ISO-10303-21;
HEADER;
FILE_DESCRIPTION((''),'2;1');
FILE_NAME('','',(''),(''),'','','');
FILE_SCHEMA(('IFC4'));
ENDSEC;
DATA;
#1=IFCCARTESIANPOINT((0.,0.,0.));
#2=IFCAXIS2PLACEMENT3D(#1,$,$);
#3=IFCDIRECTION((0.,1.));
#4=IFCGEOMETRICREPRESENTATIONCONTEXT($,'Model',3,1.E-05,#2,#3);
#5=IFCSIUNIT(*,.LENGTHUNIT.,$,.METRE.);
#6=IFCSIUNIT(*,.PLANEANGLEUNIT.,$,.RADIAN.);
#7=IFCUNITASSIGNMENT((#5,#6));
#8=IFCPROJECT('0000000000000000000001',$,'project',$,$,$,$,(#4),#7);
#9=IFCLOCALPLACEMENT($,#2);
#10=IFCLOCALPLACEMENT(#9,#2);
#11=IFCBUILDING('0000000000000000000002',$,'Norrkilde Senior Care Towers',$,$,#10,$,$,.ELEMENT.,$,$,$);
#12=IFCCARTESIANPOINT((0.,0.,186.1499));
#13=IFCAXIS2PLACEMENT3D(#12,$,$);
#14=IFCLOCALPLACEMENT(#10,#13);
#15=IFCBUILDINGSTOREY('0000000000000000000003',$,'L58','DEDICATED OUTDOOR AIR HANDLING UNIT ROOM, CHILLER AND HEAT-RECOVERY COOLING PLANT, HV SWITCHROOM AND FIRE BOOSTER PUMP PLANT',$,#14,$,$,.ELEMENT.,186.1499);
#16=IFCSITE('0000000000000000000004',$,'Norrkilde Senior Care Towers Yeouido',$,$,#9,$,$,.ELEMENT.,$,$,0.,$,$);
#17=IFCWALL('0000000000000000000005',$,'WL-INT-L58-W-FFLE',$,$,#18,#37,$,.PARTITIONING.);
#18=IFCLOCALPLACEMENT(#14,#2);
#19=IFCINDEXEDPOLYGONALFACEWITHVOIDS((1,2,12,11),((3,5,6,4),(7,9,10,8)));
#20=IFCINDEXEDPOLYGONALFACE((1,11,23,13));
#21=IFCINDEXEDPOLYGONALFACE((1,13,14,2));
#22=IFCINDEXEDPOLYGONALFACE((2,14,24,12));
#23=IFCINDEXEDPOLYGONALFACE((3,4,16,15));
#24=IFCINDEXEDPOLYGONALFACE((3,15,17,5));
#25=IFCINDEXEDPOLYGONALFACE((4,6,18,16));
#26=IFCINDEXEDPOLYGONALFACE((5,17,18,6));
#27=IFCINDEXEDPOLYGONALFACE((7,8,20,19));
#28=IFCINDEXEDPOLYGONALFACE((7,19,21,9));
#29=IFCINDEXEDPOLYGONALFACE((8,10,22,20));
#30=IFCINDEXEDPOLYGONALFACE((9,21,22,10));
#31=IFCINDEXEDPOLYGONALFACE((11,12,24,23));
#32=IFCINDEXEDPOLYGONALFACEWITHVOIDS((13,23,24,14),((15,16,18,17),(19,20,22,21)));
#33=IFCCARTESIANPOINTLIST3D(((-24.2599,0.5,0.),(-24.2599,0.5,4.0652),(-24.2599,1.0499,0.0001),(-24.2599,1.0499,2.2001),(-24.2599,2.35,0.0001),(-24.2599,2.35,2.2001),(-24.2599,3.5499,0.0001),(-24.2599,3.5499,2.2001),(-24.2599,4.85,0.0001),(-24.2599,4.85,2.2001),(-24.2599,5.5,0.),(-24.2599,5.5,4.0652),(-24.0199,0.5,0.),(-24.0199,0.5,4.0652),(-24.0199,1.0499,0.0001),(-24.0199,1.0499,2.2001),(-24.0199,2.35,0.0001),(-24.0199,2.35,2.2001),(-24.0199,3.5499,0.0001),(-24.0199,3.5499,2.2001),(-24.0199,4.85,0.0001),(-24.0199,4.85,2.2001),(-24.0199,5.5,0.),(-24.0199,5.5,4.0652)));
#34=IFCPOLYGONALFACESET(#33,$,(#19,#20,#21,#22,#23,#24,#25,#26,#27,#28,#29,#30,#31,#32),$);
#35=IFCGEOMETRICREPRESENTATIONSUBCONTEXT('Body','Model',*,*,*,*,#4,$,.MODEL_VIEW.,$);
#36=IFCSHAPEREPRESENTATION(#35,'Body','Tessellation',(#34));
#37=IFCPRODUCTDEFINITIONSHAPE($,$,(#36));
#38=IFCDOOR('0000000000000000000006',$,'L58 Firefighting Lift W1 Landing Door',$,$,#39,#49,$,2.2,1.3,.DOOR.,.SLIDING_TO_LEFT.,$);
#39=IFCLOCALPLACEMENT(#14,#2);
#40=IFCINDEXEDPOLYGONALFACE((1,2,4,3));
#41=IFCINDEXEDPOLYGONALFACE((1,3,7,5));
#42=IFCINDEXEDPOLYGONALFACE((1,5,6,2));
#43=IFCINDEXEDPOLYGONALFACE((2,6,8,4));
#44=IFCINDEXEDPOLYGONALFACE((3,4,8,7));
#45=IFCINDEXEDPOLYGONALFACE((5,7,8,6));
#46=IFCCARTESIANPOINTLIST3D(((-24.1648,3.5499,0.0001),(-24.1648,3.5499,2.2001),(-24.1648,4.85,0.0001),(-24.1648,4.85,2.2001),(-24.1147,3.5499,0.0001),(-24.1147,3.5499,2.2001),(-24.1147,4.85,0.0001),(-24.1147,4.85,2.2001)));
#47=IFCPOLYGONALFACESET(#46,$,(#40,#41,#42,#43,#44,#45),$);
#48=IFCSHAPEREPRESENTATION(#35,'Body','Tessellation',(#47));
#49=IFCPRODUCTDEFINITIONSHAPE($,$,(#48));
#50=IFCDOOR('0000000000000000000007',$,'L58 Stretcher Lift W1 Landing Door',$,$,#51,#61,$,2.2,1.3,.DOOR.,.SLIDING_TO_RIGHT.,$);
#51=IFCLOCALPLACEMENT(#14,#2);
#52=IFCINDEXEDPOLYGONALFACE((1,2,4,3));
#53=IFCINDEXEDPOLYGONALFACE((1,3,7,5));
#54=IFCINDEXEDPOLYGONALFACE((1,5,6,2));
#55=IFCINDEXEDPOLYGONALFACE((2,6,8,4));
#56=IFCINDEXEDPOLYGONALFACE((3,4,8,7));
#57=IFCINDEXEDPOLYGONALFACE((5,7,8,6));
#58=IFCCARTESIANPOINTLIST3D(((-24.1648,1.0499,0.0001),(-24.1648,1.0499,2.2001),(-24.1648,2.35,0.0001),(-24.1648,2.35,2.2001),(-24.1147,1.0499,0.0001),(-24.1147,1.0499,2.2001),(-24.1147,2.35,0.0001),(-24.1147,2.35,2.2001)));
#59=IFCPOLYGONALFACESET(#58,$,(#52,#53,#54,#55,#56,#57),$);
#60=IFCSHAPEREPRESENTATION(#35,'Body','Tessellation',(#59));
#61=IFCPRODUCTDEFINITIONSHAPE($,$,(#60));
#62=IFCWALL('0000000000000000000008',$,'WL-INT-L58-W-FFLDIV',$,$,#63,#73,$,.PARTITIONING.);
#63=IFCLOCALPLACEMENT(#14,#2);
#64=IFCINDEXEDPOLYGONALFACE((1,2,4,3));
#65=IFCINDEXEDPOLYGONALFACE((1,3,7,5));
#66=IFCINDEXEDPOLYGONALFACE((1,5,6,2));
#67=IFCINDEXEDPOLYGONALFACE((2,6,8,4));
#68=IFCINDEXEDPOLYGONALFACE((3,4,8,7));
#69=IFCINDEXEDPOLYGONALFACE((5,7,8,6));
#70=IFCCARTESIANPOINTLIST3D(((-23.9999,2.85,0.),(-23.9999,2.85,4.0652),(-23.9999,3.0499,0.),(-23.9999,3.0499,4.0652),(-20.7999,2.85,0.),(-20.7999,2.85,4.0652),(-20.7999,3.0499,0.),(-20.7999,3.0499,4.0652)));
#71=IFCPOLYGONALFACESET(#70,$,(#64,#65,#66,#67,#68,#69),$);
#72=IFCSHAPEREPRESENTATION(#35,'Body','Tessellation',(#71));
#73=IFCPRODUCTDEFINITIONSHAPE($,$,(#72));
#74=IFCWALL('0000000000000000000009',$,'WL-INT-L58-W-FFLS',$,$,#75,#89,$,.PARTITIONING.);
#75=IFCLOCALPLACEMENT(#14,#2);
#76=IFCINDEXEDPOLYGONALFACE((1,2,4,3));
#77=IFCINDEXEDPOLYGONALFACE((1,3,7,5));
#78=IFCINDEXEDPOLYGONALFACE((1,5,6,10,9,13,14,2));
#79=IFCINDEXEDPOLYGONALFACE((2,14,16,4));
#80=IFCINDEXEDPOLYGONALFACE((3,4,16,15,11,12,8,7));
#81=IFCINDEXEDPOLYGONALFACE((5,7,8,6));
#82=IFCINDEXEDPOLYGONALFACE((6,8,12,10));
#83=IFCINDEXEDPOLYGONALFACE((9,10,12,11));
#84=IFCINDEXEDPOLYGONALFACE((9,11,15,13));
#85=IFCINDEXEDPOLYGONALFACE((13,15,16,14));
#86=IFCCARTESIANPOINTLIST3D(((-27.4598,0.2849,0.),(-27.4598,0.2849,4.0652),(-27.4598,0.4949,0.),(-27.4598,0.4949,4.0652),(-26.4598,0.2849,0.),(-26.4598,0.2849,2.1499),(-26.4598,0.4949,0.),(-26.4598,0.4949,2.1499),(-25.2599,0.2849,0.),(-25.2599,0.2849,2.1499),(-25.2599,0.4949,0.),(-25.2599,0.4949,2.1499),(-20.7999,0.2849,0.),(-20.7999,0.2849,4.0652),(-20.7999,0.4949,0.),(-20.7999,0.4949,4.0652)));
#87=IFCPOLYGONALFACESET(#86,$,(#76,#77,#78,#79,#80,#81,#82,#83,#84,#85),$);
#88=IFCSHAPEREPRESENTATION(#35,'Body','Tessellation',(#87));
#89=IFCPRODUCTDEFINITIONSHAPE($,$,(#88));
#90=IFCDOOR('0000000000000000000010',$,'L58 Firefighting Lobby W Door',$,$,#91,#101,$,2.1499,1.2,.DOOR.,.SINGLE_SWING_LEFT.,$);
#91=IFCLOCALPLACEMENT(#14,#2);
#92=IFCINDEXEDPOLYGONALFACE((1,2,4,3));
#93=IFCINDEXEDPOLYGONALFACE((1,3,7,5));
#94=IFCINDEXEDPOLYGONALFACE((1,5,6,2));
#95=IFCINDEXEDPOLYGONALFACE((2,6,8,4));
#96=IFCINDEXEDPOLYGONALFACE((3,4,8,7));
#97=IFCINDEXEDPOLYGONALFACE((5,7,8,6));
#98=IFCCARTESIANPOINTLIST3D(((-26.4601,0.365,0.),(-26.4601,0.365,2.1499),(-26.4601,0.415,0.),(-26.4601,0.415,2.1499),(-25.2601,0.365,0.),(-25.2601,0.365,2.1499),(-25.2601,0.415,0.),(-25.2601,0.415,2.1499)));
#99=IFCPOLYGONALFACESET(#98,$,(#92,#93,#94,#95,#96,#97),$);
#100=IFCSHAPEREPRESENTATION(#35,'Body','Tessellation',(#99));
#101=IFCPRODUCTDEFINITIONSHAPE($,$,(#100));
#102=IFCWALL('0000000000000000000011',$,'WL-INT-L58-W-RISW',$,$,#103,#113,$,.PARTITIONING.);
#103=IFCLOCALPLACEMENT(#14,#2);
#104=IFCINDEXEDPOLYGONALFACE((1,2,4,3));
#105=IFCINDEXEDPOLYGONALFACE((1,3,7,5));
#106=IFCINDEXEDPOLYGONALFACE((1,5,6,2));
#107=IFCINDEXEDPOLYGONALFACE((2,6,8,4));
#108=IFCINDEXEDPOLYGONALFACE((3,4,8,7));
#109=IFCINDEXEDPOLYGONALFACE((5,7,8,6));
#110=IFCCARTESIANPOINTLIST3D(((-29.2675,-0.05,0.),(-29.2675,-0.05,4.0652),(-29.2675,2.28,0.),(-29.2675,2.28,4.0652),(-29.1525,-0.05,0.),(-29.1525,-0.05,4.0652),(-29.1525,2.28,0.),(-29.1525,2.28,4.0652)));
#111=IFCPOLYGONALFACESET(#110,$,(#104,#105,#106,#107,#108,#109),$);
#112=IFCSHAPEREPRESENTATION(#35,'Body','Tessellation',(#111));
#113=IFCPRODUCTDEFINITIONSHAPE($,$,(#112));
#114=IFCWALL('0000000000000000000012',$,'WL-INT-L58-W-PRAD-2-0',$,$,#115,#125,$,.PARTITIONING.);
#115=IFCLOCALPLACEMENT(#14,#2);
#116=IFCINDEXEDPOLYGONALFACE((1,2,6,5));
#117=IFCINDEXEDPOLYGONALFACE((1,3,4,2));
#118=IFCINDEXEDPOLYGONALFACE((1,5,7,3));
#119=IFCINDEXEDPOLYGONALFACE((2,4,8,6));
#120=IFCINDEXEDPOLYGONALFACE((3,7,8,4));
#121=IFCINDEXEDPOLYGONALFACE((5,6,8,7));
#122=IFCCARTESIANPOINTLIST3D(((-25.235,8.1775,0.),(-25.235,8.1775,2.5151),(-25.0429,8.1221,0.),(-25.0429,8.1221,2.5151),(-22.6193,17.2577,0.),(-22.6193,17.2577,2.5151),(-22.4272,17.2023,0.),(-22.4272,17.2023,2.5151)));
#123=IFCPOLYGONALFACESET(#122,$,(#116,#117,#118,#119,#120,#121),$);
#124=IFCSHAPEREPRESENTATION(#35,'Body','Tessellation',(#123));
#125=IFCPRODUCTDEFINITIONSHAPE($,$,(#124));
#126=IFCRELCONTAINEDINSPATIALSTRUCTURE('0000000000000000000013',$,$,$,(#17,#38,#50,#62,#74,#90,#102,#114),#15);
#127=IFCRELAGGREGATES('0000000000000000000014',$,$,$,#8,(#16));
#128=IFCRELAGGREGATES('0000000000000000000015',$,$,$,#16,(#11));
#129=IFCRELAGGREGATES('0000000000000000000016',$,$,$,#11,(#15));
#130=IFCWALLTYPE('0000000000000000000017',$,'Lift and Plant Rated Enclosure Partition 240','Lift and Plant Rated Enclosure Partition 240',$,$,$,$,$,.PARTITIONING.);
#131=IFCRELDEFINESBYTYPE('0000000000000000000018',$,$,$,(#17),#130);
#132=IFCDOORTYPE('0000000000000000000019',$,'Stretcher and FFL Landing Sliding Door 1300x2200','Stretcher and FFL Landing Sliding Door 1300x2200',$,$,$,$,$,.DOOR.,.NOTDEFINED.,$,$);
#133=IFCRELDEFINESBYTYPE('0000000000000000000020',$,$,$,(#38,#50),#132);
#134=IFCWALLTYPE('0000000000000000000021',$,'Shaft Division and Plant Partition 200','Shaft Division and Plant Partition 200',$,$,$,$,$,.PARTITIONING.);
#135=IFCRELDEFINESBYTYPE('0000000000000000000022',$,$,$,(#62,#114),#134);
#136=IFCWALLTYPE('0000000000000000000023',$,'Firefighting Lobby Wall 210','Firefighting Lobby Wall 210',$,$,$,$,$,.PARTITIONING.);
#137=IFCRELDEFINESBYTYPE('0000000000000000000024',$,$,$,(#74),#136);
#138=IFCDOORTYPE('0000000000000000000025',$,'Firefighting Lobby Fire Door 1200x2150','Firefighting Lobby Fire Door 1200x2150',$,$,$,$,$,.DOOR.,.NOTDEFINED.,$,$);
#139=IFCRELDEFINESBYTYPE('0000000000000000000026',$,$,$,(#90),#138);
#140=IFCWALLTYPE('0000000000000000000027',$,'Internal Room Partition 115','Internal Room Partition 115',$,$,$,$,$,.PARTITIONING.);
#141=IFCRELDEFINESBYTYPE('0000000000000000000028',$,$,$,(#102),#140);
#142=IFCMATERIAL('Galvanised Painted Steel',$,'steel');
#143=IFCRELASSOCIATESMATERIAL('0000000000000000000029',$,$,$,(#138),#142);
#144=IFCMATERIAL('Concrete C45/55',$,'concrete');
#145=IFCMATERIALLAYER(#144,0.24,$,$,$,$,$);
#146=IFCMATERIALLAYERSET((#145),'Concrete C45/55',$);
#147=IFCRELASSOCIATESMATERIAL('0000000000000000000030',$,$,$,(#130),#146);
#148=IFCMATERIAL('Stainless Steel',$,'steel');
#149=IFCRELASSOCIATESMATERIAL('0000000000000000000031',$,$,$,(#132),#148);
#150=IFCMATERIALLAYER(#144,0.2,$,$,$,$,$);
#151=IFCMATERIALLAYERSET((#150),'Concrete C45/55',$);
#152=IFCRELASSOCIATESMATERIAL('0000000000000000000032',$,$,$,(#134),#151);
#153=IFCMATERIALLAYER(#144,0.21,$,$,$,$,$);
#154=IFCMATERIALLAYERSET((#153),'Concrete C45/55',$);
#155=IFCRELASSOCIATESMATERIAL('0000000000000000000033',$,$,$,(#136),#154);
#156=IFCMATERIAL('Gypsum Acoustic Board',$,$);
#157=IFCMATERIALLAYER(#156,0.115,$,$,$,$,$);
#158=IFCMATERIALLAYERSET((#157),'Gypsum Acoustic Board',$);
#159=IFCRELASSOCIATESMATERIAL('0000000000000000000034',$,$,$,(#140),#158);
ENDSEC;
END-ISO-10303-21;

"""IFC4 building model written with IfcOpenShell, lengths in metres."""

from ifc_helpers import new_model, si_unit, direction, frame, frame_2d, origin, place, context, subcontext, project, spatial, rectangle, extrude, source, transform, mapped, material, layer, layer_set, type_object, type_shapes, element, fill, save


model = new_model("IFC4")

# Units and contexts
model_context = context("Model", 3, precision=1e-05, world=origin(), true_north=direction((0.0, 1.0)))
body_context = subcontext(model_context, "Body", "Model", "MODEL_VIEW")
ifc_project = project(units=[si_unit("LENGTHUNIT", "METRE"), si_unit("PLANEANGLEUNIT", "RADIAN")], contexts=[model_context])

# Site, building, storey
site_placement = place(None, origin())
site = spatial("IfcSite", under=ifc_project, at=site_placement, Name="Norrkilde Senior Care Towers Yeouido", CompositionType="ELEMENT", RefElevation=0.0)
building_placement = place(site_placement, origin())
building = spatial("IfcBuilding", under=site, at=building_placement, Name="Norrkilde Senior Care Towers", CompositionType="ELEMENT")
storey_placement = place(building_placement, frame((0.0, 0.0, 186.1499)))
storey = spatial("IfcBuildingStorey", under=building, at=storey_placement, Name="L58", Description="DEDICATED OUTDOOR AIR HANDLING UNIT ROOM, CHILLER AND HEAT-RECOVERY COOLING PLANT, HV SWITCHROOM AND FIRE BOOSTER PUMP PLANT", CompositionType="ELEMENT", Elevation=186.1499)

# Shared definitions
ifc_material_1 = material(Name="Galvanised Painted Steel", Category="steel")
door_type_1 = type_object("IfcDoorType", Name="Firefighting Lobby Fire Door 1200x2150", Description="Firefighting Lobby Fire Door 1200x2150", OperationType="NOTDEFINED", PredefinedType="DOOR", material=ifc_material_1)
shared_shape_1 = source(origin(), body_context, "Body", "SweptSolid", [
    extrude(rectangle(XDim=1.2, YDim=2.1499, at=frame_2d((0.6001, 1.075))), frame((0.0, 0.0249, 0.0), z_axis=(0.0, -1.0, 0.0), x_axis=(1.0, 0.0, 0.0)), (0.0, 0.0, 1.0), 0.05),
])
type_shapes(door_type_1, [shared_shape_1])

# Shared definitions
ifc_material_2 = material(Name="Concrete C45/55", Category="concrete")

# Wall, openings, doors
ifc_layer_1 = layer(ifc_material_2, 0.24)
ifc_layer_set_1 = layer_set([ifc_layer_1], Name="Concrete C45/55")
wall_type_1 = type_object("IfcWallType", Name="Lift and Plant Rated Enclosure Partition 240", Description="Lift and Plant Rated Enclosure Partition 240", PredefinedType="PARTITIONING", material=ifc_layer_set_1)
shared_shape_2 = source(origin(), body_context, "Body", "SweptSolid", [
    extrude(rectangle(XDim=5.0, YDim=0.24, at=frame_2d((2.5, 0.0))), origin(), (0.0, 0.0, 1.0), 4.0652),
])
type_shapes(wall_type_1, [shared_shape_2])
wall_1_placement = place(storey_placement, frame((-24.1399, 0.5, 0.0), z_axis=(0.0, 0.0, 1.0), x_axis=(0.0, 1.0, 0.0)))
wall_1 = element("IfcWall", 1, at=wall_1_placement, inside=storey, type_object=wall_type_1, Name="WL-INT-L58-W-FFLE", PredefinedType="PARTITIONING", context=body_context, shape_type="MappedRepresentation", body=[
    mapped(shared_shape_2, transform((0.0, 0.0, 0.0), x_axis=(1.0, 0.0, 0.0), y_axis=(0.0, 1.0, 0.0), z_axis=(0.0, 0.0, 1.0), scale=1.0)),
])
opening_1_placement = place(wall_1_placement, frame((3.05, 0.0, 0.0)))
opening_1 = element("IfcOpeningElement", 2, at=opening_1_placement, cuts=wall_1, PredefinedType="OPENING", context=body_context, shape_type="SweptSolid", body=[
    extrude(rectangle(XDim=1.3, YDim=2.2, at=frame_2d((0.6499, 1.1001))), frame((0.0, 0.1299, 0.0), z_axis=(0.0, -1.0, 0.0), x_axis=(1.0, 0.0, 0.0)), (0.0, 0.0, 1.0), 0.26),
])
opening_2_placement = place(wall_1_placement, frame((0.55, 0.0, 0.0)))
opening_2 = element("IfcOpeningElement", 3, at=opening_2_placement, cuts=wall_1, PredefinedType="OPENING", context=body_context, shape_type="SweptSolid", body=[
    extrude(rectangle(XDim=1.3, YDim=2.2, at=frame_2d((0.6499, 1.1001))), frame((0.0, 0.1299, 0.0), z_axis=(0.0, -1.0, 0.0), x_axis=(1.0, 0.0, 0.0)), (0.0, 0.0, 1.0), 0.26),
])
ifc_material_3 = material(Name="Stainless Steel", Category="steel")
door_type_2 = type_object("IfcDoorType", Name="Stretcher and FFL Landing Sliding Door 1300x2200", Description="Stretcher and FFL Landing Sliding Door 1300x2200", OperationType="NOTDEFINED", PredefinedType="DOOR", material=ifc_material_3)
shared_shape_3 = source(origin(), body_context, "Body", "SweptSolid", [
    extrude(rectangle(XDim=1.3, YDim=2.2, at=frame_2d((0.6499, 1.1001))), frame((0.0, 0.0249, 0.0), z_axis=(0.0, -1.0, 0.0), x_axis=(1.0, 0.0, 0.0)), (0.0, 0.0, 1.0), 0.05),
])
type_shapes(door_type_2, [shared_shape_3])
door_1_placement = place(opening_1_placement, origin())
door_1 = element("IfcDoor", 4, at=door_1_placement, inside=storey, type_object=door_type_2, Name="L58 Firefighting Lift W1 Landing Door", OperationType="SLIDING_TO_LEFT", OverallHeight=2.2, OverallWidth=1.3, PredefinedType="DOOR", context=body_context, shape_type="MappedRepresentation", body=[
    mapped(shared_shape_3, transform((0.0, 0.0, 0.0), x_axis=(1.0, 0.0, 0.0), y_axis=(0.0, 1.0, 0.0), z_axis=(0.0, 0.0, 1.0), scale=1.0)),
])
fill(opening_1, door_1)
door_2_placement = place(opening_2_placement, origin())
door_2 = element("IfcDoor", 5, at=door_2_placement, inside=storey, type_object=door_type_2, Name="L58 Stretcher Lift W1 Landing Door", OperationType="SLIDING_TO_RIGHT", OverallHeight=2.2, OverallWidth=1.3, PredefinedType="DOOR", context=body_context, shape_type="MappedRepresentation", body=[
    mapped(shared_shape_3, transform((0.0, 0.0, 0.0), x_axis=(1.0, 0.0, 0.0), y_axis=(0.0, 1.0, 0.0), z_axis=(0.0, 0.0, 1.0), scale=1.0)),
])
fill(opening_2, door_2)

# Wall
ifc_layer_2 = layer(ifc_material_2, 0.2)
ifc_layer_set_2 = layer_set([ifc_layer_2], Name="Concrete C45/55")
wall_type_2 = type_object("IfcWallType", Name="Shaft Division and Plant Partition 200", Description="Shaft Division and Plant Partition 200", PredefinedType="PARTITIONING", material=ifc_layer_set_2)
shared_shape_4 = source(origin(), body_context, "Body", "SweptSolid", [
    extrude(rectangle(XDim=3.2, YDim=0.2, at=frame_2d((1.6001, 0.0))), origin(), (0.0, 0.0, 1.0), 4.0652),
])
wall_2_placement = place(storey_placement, frame((-24.0, 2.95, 0.0), z_axis=(0.0, 0.0, 1.0), x_axis=(1.0, 0.0, 0.0)))
element("IfcWall", 6, at=wall_2_placement, inside=storey, type_object=wall_type_2, Name="WL-INT-L58-W-FFLDIV", PredefinedType="PARTITIONING", context=body_context, shape_type="MappedRepresentation", body=[
    mapped(shared_shape_4, transform((0.0, 0.0, 0.0), x_axis=(1.0, 0.0, 0.0), y_axis=(0.0, 1.0, 0.0), z_axis=(0.0, 0.0, 1.0), scale=1.0)),
])

# Wall, opening, door
ifc_layer_3 = layer(ifc_material_2, 0.21)
ifc_layer_set_3 = layer_set([ifc_layer_3], Name="Concrete C45/55")
wall_type_3 = type_object("IfcWallType", Name="Firefighting Lobby Wall 210", Description="Firefighting Lobby Wall 210", PredefinedType="PARTITIONING", material=ifc_layer_set_3)
shared_shape_5 = source(origin(), body_context, "Body", "SweptSolid", [
    extrude(rectangle(XDim=6.6599, YDim=0.21, at=frame_2d((3.3301, 0.0))), origin(), (0.0, 0.0, 1.0), 4.0652),
])
type_shapes(wall_type_3, [shared_shape_5])
wall_3_placement = place(storey_placement, frame((-27.46, 0.3899, 0.0), z_axis=(0.0, 0.0, 1.0), x_axis=(1.0, 0.0, 0.0)))
wall_3 = element("IfcWall", 7, at=wall_3_placement, inside=storey, type_object=wall_type_3, Name="WL-INT-L58-W-FFLS", PredefinedType="PARTITIONING", context=body_context, shape_type="MappedRepresentation", body=[
    mapped(shared_shape_5, transform((0.0, 0.0, 0.0), x_axis=(1.0, 0.0, 0.0), y_axis=(0.0, 1.0, 0.0), z_axis=(0.0, 0.0, 1.0), scale=1.0)),
])
opening_3_placement = place(wall_3_placement, frame((1.0, 0.0, 0.0)))
opening_3 = element("IfcOpeningElement", 8, at=opening_3_placement, cuts=wall_3, PredefinedType="OPENING", context=body_context, shape_type="SweptSolid", body=[
    extrude(rectangle(XDim=1.2, YDim=2.1499, at=frame_2d((0.6001, 1.075))), frame((0.0, 0.115, 0.0), z_axis=(0.0, -1.0, 0.0), x_axis=(1.0, 0.0, 0.0)), (0.0, 0.0, 1.0), 0.23),
])
door_3_placement = place(opening_3_placement, frame((1.2, 0.0, 0.0), z_axis=(0.0, 0.0, 1.0), x_axis=(-1.0, 0.0, 0.0)))
door_3 = element("IfcDoor", 9, at=door_3_placement, inside=storey, type_object=door_type_1, Name="L58 Firefighting Lobby W Door", OperationType="SINGLE_SWING_LEFT", OverallHeight=2.1499, OverallWidth=1.2, PredefinedType="DOOR", context=body_context, shape_type="MappedRepresentation", body=[
    mapped(shared_shape_1, transform((0.0, 0.0, 0.0), x_axis=(1.0, 0.0, 0.0), y_axis=(0.0, 1.0, 0.0), z_axis=(0.0, 0.0, 1.0), scale=1.0)),
])
fill(opening_3, door_3)

# Walls
ifc_material_4 = material(Name="Gypsum Acoustic Board")
ifc_layer_4 = layer(ifc_material_4, 0.115)
ifc_layer_set_4 = layer_set([ifc_layer_4], Name="Gypsum Acoustic Board")
wall_type_4 = type_object("IfcWallType", Name="Internal Room Partition 115", Description="Internal Room Partition 115", PredefinedType="PARTITIONING", material=ifc_layer_set_4)
shared_shape_6 = source(origin(), body_context, "Body", "SweptSolid", [
    extrude(rectangle(XDim=2.3301, YDim=0.115, at=frame_2d((1.165, 0.0))), origin(), (0.0, 0.0, 1.0), 4.0652),
])
type_shapes(wall_type_4, [shared_shape_6])
wall_4_placement = place(storey_placement, frame((-29.21, -0.05, 0.0), z_axis=(0.0, 0.0, 1.0), x_axis=(0.0, 1.0, 0.0)))
element("IfcWall", 10, at=wall_4_placement, inside=storey, type_object=wall_type_4, Name="WL-INT-L58-W-RISW", PredefinedType="PARTITIONING", context=body_context, shape_type="MappedRepresentation", body=[
    mapped(shared_shape_6, transform((0.0, 0.0, 0.0), x_axis=(1.0, 0.0, 0.0), y_axis=(0.0, 1.0, 0.0), z_axis=(0.0, 0.0, 1.0), scale=1.0)),
])
shared_shape_7 = source(origin(), body_context, "Body", "SweptSolid", [
    extrude(rectangle(XDim=9.4495, YDim=0.2, at=frame_2d((4.7246, 0.0))), origin(), (0.0, 0.0, 1.0), 2.5151),
])
type_shapes(wall_type_2, [shared_shape_4, shared_shape_7])
wall_5_placement = place(storey_placement, frame((-25.1389, 8.1499, 0.0), z_axis=(0.0, 0.0, 1.0), x_axis=(0.276809, 0.960925, 0.0)))
element("IfcWall", 11, at=wall_5_placement, inside=storey, type_object=wall_type_2, Name="WL-INT-L58-W-PRAD-2-0", PredefinedType="PARTITIONING", context=body_context, shape_type="MappedRepresentation", body=[
    mapped(shared_shape_7, transform((0.0, 0.0, 0.0), x_axis=(1.0, 0.0, 0.0), y_axis=(0.0, 1.0, 0.0), z_axis=(0.0, 0.0, 1.0), scale=1.0)),
])

save(model, "model.ifc")
